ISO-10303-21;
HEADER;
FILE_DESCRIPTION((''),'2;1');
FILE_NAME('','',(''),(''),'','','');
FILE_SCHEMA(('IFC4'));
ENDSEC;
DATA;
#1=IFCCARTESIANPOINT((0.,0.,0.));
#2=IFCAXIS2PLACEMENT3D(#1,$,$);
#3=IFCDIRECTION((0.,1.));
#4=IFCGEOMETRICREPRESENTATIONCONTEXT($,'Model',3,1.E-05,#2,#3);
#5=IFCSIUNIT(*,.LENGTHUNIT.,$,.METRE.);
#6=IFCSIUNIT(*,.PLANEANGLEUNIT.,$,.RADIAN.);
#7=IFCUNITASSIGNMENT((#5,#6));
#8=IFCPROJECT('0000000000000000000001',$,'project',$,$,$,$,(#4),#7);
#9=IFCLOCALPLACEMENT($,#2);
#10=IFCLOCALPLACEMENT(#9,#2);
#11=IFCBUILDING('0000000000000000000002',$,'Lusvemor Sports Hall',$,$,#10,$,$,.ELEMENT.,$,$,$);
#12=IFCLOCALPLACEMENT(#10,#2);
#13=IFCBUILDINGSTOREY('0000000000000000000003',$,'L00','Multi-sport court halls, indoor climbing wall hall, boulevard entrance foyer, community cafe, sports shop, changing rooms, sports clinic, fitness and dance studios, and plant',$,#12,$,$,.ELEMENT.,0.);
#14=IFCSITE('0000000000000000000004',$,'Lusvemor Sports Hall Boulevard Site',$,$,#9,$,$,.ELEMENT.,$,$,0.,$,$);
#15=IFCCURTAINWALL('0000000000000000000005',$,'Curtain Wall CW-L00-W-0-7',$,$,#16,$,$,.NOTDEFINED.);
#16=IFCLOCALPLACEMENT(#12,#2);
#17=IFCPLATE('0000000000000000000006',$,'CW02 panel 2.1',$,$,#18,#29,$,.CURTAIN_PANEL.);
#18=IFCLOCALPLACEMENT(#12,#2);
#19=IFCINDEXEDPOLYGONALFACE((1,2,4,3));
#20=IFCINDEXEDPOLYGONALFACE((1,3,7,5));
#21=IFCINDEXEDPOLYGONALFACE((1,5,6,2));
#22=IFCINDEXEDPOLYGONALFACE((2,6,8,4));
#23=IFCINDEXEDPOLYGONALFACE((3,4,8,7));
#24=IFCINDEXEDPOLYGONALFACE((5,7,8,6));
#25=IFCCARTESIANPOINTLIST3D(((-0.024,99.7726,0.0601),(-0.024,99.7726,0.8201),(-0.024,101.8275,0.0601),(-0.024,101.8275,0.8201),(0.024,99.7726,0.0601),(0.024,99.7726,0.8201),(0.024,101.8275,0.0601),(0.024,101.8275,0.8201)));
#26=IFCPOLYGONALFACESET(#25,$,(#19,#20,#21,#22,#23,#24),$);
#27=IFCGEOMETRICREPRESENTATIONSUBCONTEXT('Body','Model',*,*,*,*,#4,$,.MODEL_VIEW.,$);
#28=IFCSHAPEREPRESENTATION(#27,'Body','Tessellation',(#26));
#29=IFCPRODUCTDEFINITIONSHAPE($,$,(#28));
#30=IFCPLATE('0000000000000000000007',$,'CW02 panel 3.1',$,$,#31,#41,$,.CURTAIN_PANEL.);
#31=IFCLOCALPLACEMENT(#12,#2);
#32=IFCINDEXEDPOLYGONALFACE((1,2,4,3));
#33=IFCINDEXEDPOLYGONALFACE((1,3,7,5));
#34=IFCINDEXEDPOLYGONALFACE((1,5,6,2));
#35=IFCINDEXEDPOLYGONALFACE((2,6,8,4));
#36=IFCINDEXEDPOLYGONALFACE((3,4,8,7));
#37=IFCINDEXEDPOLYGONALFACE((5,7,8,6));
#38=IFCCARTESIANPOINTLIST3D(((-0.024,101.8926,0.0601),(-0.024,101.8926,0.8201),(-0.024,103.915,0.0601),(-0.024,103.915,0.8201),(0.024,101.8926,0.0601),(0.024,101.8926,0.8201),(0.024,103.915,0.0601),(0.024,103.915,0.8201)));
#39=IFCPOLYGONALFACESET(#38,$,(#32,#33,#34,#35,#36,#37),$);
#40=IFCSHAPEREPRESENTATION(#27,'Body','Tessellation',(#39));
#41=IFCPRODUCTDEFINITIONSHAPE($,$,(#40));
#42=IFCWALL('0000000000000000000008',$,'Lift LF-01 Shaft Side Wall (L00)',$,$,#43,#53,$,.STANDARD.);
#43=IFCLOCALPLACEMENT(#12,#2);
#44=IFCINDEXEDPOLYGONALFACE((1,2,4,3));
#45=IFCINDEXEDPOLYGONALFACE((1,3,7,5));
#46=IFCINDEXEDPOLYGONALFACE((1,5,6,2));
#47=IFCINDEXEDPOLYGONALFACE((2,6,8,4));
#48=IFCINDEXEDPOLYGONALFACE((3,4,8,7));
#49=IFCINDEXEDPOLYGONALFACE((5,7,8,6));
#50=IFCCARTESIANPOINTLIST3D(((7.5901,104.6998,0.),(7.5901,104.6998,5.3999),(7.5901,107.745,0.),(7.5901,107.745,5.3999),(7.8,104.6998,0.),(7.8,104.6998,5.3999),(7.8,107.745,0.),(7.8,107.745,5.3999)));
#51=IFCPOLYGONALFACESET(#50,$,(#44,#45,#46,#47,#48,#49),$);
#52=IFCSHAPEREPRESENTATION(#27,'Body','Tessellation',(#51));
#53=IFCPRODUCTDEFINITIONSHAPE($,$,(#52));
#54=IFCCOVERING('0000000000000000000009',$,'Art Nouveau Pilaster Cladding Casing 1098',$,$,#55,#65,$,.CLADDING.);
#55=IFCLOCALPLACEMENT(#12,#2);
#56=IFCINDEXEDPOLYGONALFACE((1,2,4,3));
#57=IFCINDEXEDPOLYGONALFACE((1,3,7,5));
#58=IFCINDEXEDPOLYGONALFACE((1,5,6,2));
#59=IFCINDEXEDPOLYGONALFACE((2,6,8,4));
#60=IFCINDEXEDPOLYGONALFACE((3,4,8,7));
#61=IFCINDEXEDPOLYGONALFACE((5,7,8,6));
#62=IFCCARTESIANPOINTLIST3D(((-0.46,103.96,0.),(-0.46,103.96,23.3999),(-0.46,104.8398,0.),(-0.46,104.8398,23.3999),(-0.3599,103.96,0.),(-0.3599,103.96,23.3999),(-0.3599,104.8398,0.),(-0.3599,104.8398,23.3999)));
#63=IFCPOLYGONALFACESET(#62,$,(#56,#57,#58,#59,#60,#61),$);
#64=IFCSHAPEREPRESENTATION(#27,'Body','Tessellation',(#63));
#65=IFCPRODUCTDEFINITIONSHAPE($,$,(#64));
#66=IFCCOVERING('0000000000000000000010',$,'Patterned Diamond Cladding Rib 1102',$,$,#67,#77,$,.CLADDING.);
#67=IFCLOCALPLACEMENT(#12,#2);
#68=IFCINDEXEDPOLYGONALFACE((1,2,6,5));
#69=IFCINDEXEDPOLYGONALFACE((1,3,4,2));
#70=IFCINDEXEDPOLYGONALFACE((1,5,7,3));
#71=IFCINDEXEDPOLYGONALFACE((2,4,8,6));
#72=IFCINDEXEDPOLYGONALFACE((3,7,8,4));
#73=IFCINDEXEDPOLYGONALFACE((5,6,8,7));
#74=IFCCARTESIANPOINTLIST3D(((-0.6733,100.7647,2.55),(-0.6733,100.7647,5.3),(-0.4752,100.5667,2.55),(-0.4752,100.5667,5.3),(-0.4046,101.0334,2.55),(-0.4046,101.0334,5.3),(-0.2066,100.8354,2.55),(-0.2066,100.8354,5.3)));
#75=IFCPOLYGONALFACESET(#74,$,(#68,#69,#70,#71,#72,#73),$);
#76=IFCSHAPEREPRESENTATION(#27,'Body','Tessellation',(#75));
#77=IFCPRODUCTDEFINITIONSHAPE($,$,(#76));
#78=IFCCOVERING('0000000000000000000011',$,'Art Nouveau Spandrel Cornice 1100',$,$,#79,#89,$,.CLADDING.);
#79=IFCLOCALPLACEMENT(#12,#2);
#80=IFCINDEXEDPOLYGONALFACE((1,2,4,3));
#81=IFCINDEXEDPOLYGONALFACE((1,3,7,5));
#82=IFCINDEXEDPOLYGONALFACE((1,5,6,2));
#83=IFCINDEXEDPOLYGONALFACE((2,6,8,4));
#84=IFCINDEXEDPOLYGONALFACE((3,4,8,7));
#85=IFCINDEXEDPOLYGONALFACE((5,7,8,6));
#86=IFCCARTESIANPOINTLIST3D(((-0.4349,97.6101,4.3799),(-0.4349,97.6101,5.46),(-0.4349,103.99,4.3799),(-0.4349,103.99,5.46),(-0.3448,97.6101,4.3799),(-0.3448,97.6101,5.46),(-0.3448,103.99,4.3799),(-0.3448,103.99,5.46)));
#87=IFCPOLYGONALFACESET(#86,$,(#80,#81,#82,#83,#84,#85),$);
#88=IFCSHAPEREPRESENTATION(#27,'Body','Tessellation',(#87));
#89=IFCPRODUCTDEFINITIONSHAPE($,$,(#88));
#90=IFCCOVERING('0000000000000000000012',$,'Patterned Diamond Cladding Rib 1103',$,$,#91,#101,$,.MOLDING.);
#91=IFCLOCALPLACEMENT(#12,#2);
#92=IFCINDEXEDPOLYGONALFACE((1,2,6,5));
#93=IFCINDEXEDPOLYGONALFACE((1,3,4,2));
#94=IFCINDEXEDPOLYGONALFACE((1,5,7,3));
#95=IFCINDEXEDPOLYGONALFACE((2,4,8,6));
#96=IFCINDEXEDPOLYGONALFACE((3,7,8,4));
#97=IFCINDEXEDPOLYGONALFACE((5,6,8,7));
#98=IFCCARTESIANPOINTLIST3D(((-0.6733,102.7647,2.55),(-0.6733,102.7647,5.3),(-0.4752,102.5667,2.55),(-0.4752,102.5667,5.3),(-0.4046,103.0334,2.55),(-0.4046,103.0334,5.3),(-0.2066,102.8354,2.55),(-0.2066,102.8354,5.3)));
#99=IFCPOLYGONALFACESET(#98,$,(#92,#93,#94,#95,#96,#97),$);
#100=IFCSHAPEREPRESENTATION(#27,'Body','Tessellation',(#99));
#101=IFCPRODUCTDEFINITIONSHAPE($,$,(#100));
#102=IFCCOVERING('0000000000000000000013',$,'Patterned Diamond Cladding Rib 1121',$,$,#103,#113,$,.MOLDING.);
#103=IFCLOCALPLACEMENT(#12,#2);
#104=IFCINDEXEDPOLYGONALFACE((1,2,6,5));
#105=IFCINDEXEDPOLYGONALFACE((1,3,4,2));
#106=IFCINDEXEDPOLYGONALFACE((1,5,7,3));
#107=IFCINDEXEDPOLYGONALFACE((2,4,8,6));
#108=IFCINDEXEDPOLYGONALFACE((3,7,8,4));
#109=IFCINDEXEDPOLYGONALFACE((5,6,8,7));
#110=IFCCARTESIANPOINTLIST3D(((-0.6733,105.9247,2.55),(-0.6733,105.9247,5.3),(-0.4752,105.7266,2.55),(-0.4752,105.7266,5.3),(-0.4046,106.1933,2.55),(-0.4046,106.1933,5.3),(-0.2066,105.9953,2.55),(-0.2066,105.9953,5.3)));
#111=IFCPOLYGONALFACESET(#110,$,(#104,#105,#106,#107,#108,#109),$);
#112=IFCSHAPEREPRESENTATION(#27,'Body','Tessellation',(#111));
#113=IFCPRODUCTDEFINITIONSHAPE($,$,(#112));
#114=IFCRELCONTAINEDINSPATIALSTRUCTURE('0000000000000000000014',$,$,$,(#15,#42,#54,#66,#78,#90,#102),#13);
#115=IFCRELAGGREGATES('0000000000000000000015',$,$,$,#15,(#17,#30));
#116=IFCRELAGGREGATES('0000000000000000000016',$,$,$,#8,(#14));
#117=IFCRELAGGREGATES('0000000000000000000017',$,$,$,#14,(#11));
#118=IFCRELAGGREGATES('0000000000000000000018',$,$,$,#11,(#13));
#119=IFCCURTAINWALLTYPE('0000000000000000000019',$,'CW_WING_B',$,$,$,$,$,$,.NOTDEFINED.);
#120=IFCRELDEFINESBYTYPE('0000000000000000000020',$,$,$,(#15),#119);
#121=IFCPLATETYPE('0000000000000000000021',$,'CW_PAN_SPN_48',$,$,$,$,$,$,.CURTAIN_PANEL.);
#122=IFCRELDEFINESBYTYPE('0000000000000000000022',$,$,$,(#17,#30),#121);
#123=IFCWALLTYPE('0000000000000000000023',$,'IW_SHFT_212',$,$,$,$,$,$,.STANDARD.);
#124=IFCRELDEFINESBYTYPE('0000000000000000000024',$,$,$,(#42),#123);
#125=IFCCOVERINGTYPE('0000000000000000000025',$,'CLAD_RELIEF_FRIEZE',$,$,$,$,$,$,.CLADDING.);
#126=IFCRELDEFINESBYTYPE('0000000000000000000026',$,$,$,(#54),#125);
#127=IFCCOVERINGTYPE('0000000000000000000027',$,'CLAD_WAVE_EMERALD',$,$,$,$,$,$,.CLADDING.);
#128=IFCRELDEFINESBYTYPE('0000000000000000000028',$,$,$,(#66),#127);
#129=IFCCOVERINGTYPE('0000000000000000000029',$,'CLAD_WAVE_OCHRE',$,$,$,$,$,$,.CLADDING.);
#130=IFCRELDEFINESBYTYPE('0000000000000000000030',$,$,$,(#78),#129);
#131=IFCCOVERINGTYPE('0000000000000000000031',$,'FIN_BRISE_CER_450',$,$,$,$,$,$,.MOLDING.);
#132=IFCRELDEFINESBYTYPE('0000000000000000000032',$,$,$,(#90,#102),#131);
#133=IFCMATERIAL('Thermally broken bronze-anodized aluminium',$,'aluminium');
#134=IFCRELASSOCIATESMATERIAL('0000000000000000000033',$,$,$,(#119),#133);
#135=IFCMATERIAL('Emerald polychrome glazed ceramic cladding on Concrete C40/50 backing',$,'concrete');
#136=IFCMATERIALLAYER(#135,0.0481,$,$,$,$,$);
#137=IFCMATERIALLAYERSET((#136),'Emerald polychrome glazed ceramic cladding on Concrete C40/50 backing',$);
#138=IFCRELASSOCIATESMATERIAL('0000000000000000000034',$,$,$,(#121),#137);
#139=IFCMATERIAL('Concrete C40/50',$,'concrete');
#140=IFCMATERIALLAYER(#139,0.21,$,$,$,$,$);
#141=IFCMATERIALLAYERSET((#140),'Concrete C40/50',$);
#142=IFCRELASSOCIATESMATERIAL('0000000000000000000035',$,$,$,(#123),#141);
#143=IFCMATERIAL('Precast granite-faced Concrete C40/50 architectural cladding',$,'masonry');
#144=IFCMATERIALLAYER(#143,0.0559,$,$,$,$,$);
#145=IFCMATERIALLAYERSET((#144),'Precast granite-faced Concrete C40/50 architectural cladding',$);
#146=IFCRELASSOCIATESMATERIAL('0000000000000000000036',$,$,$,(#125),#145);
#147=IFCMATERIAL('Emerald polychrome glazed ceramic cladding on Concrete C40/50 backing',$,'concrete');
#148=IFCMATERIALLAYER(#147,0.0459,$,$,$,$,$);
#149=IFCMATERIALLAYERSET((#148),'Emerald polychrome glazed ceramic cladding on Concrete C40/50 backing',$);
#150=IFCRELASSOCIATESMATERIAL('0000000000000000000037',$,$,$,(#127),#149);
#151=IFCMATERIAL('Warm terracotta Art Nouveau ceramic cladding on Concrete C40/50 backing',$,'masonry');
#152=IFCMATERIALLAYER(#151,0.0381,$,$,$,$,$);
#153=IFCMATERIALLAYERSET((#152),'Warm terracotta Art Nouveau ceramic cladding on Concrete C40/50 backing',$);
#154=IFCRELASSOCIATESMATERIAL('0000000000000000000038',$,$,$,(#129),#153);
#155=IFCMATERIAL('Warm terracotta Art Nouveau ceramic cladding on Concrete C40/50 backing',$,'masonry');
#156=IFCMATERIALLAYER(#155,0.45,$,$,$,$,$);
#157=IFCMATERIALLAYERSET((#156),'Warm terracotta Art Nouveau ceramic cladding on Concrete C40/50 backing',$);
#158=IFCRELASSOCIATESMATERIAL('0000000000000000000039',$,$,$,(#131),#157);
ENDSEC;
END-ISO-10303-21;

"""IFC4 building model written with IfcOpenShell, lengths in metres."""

from ifc_helpers import new_model, si_unit, direction, frame, frame_2d, origin, origin_2d, place, context, subcontext, project, spatial, rectangle, extrude, material, layer, layer_set, type_object, element, aggregate, save


model = new_model("IFC4")

# Units and contexts
model_context = context("Model", 3, precision=1e-05, world=origin(), true_north=direction((0.0, 1.0)))
body_context = subcontext(model_context, "Body", "Model", "MODEL_VIEW")
ifc_project = project(units=[si_unit("LENGTHUNIT", "METRE"), si_unit("PLANEANGLEUNIT", "RADIAN")], contexts=[model_context])

# Site, building, storey
site_placement = place(None, origin())
site = spatial("IfcSite", under=ifc_project, at=site_placement, Name="Lusvemor Sports Hall Boulevard Site", CompositionType="ELEMENT", RefElevation=0.0)
building_placement = place(site_placement, origin())
building = spatial("IfcBuilding", under=site, at=building_placement, Name="Lusvemor Sports Hall", CompositionType="ELEMENT")
storey_placement = place(building_placement, origin())
storey = spatial("IfcBuildingStorey", under=building, at=storey_placement, Name="L00", Description="Multi-sport court halls, indoor climbing wall hall, boulevard entrance foyer, community cafe, sports shop, changing rooms, sports clinic, fitness and dance studios, and plant", CompositionType="ELEMENT", Elevation=0.0)

# Curtain wall, plates
ifc_material_1 = material(Name="Thermally broken bronze-anodized aluminium", Category="aluminium")
curtain_wall_type = type_object("IfcCurtainWallType", Name="CW_WING_B", PredefinedType="NOTDEFINED", material=ifc_material_1)
curtain_wall_placement = place(storey_placement, origin())
curtain_wall = element("IfcCurtainWall", 1, at=curtain_wall_placement, inside=storey, type_object=curtain_wall_type, Name="Curtain Wall CW-L00-W-0-7", PredefinedType="NOTDEFINED")
ifc_material_2 = material(Name="Emerald polychrome glazed ceramic cladding on Concrete C40/50 backing", Category="concrete")
ifc_layer_1 = layer(ifc_material_2, 0.0481)
ifc_layer_set_1 = layer_set([ifc_layer_1], Name="Emerald polychrome glazed ceramic cladding on Concrete C40/50 backing")
plate_type_1 = type_object("IfcPlateType", Name="CW_PAN_SPN_48", PredefinedType="CURTAIN_PANEL", material=ifc_layer_set_1)
plate_1_placement = place(storey_placement, frame((0.0, 100.8, 0.0601), z_axis=(0.0, 0.0, 1.0), x_axis=(0.0, 1.0, 0.0)))
plate_1 = element("IfcPlate", 2, at=plate_1_placement, type_object=plate_type_1, Name="CW02 panel 2.1", PredefinedType="CURTAIN_PANEL", context=body_context, shape_type="SweptSolid", body=[
    extrude(rectangle(XDim=2.0549, YDim=0.0481, at=origin_2d()), origin(), (0.0, 0.0, 1.0), 0.76),
])
plate_2_placement = place(storey_placement, frame((0.0, 102.9038, 0.0601), z_axis=(0.0, 0.0, 1.0), x_axis=(0.0, 1.0, 0.0)))
plate_2 = element("IfcPlate", 3, at=plate_2_placement, type_object=plate_type_1, Name="CW02 panel 3.1", PredefinedType="CURTAIN_PANEL", context=body_context, shape_type="SweptSolid", body=[
    extrude(rectangle(XDim=2.0225, YDim=0.0481, at=origin_2d()), origin(), (0.0, 0.0, 1.0), 0.76),
])
aggregate(curtain_wall, [plate_1, plate_2])

# Wall
ifc_material_3 = material(Name="Concrete C40/50", Category="concrete")
ifc_layer_2 = layer(ifc_material_3, 0.21)
ifc_layer_set_2 = layer_set([ifc_layer_2], Name="Concrete C40/50")
wall_type_1 = type_object("IfcWallType", Name="IW_SHFT_212", PredefinedType="STANDARD", material=ifc_layer_set_2)
wall_1_placement = place(storey_placement, frame((7.6951, 104.7, 0.0), z_axis=(0.0, 0.0, 1.0), x_axis=(0.0, 1.0, 0.0)))
element("IfcWall", 4, at=wall_1_placement, inside=storey, type_object=wall_type_1, Name="Lift LF-01 Shaft Side Wall (L00)", PredefinedType="STANDARD", context=body_context, shape_type="SweptSolid", body=[
    extrude(rectangle(XDim=3.0452, YDim=0.21, at=frame_2d((1.5225, 0.0))), origin(), (0.0, 0.0, 1.0), 5.3999),
])

# Coverings
ifc_material_4 = material(Name="Precast granite-faced Concrete C40/50 architectural cladding", Category="masonry")
ifc_layer_3 = layer(ifc_material_4, 0.0559)
ifc_layer_set_3 = layer_set([ifc_layer_3], Name="Precast granite-faced Concrete C40/50 architectural cladding")
covering_type_1 = type_object("IfcCoveringType", Name="CLAD_RELIEF_FRIEZE", PredefinedType="CLADDING", material=ifc_layer_set_3)
covering_1_placement = place(storey_placement, frame((-0.4099, 104.3999, 0.0), z_axis=(0.0, 0.0, 1.0), x_axis=(1.0, 0.0, 0.0)))
element("IfcCovering", 5, at=covering_1_placement, inside=storey, type_object=covering_type_1, Name="Art Nouveau Pilaster Cladding Casing 1098", PredefinedType="CLADDING", context=body_context, shape_type="SweptSolid", body=[
    extrude(rectangle(XDim=0.1001, YDim=0.8799, at=origin_2d()), origin(), (0.0, 0.0, 1.0), 23.3999),
])
ifc_material_5 = material(Name="Emerald polychrome glazed ceramic cladding on Concrete C40/50 backing", Category="concrete")
ifc_layer_4 = layer(ifc_material_5, 0.0459)
ifc_layer_set_4 = layer_set([ifc_layer_4], Name="Emerald polychrome glazed ceramic cladding on Concrete C40/50 backing")
covering_type_2 = type_object("IfcCoveringType", Name="CLAD_WAVE_EMERALD", PredefinedType="CLADDING", material=ifc_layer_set_4)
covering_2_placement = place(storey_placement, frame((-0.4399, 100.8, 2.55), z_axis=(0.0, 0.0, 1.0), x_axis=(0.707107, 0.707107, 0.0)))
element("IfcCovering", 6, at=covering_2_placement, inside=storey, type_object=covering_type_2, Name="Patterned Diamond Cladding Rib 1102", PredefinedType="CLADDING", context=body_context, shape_type="SweptSolid", body=[
    extrude(rectangle(XDim=0.3799, YDim=0.28, at=origin_2d()), origin(), (0.0, 0.0, 1.0), 2.75),
])
ifc_material_6 = material(Name="Warm terracotta Art Nouveau ceramic cladding on Concrete C40/50 backing", Category="masonry")
ifc_layer_5 = layer(ifc_material_6, 0.0381)
ifc_layer_set_5 = layer_set([ifc_layer_5], Name="Warm terracotta Art Nouveau ceramic cladding on Concrete C40/50 backing")
covering_type_3 = type_object("IfcCoveringType", Name="CLAD_WAVE_OCHRE", PredefinedType="CLADDING", material=ifc_layer_set_5)
covering_3_placement = place(storey_placement, frame((-0.3899, 100.8, 4.3799), z_axis=(0.0, 0.0, 1.0), x_axis=(1.0, 0.0, 0.0)))
element("IfcCovering", 7, at=covering_3_placement, inside=storey, type_object=covering_type_3, Name="Art Nouveau Spandrel Cornice 1100", PredefinedType="CLADDING", context=body_context, shape_type="SweptSolid", body=[
    extrude(rectangle(XDim=0.0901, YDim=6.3799, at=origin_2d()), origin(), (0.0, 0.0, 1.0), 1.0801),
])
ifc_material_7 = material(Name="Warm terracotta Art Nouveau ceramic cladding on Concrete C40/50 backing", Category="masonry")
ifc_layer_6 = layer(ifc_material_7, 0.45)
ifc_layer_set_6 = layer_set([ifc_layer_6], Name="Warm terracotta Art Nouveau ceramic cladding on Concrete C40/50 backing")
covering_type_4 = type_object("IfcCoveringType", Name="FIN_BRISE_CER_450", PredefinedType="MOLDING", material=ifc_layer_set_6)
for number, where, z_axis, x_axis, name in (
    (8, (-0.4399, 102.8, 2.55), (0.0, 0.0, 1.0), (0.707107, 0.707107, 0.0), "Patterned Diamond Cladding Rib 1103"),
    (9, (-0.4399, 105.96, 2.55), (0.0, 0.0, 1.0), (0.707107, 0.707107, 0.0), "Patterned Diamond Cladding Rib 1121"),
):
    element("IfcCovering", number, at=place(storey_placement, frame(where, z_axis=z_axis, x_axis=x_axis)), inside=storey, type_object=covering_type_4, Name=name, PredefinedType="MOLDING", context=body_context, shape_type="SweptSolid", body=[
        extrude(rectangle(XDim=0.3799, YDim=0.28, at=origin_2d()), origin(), (0.0, 0.0, 1.0), 2.75),
    ])

save(model, "model.ifc")
